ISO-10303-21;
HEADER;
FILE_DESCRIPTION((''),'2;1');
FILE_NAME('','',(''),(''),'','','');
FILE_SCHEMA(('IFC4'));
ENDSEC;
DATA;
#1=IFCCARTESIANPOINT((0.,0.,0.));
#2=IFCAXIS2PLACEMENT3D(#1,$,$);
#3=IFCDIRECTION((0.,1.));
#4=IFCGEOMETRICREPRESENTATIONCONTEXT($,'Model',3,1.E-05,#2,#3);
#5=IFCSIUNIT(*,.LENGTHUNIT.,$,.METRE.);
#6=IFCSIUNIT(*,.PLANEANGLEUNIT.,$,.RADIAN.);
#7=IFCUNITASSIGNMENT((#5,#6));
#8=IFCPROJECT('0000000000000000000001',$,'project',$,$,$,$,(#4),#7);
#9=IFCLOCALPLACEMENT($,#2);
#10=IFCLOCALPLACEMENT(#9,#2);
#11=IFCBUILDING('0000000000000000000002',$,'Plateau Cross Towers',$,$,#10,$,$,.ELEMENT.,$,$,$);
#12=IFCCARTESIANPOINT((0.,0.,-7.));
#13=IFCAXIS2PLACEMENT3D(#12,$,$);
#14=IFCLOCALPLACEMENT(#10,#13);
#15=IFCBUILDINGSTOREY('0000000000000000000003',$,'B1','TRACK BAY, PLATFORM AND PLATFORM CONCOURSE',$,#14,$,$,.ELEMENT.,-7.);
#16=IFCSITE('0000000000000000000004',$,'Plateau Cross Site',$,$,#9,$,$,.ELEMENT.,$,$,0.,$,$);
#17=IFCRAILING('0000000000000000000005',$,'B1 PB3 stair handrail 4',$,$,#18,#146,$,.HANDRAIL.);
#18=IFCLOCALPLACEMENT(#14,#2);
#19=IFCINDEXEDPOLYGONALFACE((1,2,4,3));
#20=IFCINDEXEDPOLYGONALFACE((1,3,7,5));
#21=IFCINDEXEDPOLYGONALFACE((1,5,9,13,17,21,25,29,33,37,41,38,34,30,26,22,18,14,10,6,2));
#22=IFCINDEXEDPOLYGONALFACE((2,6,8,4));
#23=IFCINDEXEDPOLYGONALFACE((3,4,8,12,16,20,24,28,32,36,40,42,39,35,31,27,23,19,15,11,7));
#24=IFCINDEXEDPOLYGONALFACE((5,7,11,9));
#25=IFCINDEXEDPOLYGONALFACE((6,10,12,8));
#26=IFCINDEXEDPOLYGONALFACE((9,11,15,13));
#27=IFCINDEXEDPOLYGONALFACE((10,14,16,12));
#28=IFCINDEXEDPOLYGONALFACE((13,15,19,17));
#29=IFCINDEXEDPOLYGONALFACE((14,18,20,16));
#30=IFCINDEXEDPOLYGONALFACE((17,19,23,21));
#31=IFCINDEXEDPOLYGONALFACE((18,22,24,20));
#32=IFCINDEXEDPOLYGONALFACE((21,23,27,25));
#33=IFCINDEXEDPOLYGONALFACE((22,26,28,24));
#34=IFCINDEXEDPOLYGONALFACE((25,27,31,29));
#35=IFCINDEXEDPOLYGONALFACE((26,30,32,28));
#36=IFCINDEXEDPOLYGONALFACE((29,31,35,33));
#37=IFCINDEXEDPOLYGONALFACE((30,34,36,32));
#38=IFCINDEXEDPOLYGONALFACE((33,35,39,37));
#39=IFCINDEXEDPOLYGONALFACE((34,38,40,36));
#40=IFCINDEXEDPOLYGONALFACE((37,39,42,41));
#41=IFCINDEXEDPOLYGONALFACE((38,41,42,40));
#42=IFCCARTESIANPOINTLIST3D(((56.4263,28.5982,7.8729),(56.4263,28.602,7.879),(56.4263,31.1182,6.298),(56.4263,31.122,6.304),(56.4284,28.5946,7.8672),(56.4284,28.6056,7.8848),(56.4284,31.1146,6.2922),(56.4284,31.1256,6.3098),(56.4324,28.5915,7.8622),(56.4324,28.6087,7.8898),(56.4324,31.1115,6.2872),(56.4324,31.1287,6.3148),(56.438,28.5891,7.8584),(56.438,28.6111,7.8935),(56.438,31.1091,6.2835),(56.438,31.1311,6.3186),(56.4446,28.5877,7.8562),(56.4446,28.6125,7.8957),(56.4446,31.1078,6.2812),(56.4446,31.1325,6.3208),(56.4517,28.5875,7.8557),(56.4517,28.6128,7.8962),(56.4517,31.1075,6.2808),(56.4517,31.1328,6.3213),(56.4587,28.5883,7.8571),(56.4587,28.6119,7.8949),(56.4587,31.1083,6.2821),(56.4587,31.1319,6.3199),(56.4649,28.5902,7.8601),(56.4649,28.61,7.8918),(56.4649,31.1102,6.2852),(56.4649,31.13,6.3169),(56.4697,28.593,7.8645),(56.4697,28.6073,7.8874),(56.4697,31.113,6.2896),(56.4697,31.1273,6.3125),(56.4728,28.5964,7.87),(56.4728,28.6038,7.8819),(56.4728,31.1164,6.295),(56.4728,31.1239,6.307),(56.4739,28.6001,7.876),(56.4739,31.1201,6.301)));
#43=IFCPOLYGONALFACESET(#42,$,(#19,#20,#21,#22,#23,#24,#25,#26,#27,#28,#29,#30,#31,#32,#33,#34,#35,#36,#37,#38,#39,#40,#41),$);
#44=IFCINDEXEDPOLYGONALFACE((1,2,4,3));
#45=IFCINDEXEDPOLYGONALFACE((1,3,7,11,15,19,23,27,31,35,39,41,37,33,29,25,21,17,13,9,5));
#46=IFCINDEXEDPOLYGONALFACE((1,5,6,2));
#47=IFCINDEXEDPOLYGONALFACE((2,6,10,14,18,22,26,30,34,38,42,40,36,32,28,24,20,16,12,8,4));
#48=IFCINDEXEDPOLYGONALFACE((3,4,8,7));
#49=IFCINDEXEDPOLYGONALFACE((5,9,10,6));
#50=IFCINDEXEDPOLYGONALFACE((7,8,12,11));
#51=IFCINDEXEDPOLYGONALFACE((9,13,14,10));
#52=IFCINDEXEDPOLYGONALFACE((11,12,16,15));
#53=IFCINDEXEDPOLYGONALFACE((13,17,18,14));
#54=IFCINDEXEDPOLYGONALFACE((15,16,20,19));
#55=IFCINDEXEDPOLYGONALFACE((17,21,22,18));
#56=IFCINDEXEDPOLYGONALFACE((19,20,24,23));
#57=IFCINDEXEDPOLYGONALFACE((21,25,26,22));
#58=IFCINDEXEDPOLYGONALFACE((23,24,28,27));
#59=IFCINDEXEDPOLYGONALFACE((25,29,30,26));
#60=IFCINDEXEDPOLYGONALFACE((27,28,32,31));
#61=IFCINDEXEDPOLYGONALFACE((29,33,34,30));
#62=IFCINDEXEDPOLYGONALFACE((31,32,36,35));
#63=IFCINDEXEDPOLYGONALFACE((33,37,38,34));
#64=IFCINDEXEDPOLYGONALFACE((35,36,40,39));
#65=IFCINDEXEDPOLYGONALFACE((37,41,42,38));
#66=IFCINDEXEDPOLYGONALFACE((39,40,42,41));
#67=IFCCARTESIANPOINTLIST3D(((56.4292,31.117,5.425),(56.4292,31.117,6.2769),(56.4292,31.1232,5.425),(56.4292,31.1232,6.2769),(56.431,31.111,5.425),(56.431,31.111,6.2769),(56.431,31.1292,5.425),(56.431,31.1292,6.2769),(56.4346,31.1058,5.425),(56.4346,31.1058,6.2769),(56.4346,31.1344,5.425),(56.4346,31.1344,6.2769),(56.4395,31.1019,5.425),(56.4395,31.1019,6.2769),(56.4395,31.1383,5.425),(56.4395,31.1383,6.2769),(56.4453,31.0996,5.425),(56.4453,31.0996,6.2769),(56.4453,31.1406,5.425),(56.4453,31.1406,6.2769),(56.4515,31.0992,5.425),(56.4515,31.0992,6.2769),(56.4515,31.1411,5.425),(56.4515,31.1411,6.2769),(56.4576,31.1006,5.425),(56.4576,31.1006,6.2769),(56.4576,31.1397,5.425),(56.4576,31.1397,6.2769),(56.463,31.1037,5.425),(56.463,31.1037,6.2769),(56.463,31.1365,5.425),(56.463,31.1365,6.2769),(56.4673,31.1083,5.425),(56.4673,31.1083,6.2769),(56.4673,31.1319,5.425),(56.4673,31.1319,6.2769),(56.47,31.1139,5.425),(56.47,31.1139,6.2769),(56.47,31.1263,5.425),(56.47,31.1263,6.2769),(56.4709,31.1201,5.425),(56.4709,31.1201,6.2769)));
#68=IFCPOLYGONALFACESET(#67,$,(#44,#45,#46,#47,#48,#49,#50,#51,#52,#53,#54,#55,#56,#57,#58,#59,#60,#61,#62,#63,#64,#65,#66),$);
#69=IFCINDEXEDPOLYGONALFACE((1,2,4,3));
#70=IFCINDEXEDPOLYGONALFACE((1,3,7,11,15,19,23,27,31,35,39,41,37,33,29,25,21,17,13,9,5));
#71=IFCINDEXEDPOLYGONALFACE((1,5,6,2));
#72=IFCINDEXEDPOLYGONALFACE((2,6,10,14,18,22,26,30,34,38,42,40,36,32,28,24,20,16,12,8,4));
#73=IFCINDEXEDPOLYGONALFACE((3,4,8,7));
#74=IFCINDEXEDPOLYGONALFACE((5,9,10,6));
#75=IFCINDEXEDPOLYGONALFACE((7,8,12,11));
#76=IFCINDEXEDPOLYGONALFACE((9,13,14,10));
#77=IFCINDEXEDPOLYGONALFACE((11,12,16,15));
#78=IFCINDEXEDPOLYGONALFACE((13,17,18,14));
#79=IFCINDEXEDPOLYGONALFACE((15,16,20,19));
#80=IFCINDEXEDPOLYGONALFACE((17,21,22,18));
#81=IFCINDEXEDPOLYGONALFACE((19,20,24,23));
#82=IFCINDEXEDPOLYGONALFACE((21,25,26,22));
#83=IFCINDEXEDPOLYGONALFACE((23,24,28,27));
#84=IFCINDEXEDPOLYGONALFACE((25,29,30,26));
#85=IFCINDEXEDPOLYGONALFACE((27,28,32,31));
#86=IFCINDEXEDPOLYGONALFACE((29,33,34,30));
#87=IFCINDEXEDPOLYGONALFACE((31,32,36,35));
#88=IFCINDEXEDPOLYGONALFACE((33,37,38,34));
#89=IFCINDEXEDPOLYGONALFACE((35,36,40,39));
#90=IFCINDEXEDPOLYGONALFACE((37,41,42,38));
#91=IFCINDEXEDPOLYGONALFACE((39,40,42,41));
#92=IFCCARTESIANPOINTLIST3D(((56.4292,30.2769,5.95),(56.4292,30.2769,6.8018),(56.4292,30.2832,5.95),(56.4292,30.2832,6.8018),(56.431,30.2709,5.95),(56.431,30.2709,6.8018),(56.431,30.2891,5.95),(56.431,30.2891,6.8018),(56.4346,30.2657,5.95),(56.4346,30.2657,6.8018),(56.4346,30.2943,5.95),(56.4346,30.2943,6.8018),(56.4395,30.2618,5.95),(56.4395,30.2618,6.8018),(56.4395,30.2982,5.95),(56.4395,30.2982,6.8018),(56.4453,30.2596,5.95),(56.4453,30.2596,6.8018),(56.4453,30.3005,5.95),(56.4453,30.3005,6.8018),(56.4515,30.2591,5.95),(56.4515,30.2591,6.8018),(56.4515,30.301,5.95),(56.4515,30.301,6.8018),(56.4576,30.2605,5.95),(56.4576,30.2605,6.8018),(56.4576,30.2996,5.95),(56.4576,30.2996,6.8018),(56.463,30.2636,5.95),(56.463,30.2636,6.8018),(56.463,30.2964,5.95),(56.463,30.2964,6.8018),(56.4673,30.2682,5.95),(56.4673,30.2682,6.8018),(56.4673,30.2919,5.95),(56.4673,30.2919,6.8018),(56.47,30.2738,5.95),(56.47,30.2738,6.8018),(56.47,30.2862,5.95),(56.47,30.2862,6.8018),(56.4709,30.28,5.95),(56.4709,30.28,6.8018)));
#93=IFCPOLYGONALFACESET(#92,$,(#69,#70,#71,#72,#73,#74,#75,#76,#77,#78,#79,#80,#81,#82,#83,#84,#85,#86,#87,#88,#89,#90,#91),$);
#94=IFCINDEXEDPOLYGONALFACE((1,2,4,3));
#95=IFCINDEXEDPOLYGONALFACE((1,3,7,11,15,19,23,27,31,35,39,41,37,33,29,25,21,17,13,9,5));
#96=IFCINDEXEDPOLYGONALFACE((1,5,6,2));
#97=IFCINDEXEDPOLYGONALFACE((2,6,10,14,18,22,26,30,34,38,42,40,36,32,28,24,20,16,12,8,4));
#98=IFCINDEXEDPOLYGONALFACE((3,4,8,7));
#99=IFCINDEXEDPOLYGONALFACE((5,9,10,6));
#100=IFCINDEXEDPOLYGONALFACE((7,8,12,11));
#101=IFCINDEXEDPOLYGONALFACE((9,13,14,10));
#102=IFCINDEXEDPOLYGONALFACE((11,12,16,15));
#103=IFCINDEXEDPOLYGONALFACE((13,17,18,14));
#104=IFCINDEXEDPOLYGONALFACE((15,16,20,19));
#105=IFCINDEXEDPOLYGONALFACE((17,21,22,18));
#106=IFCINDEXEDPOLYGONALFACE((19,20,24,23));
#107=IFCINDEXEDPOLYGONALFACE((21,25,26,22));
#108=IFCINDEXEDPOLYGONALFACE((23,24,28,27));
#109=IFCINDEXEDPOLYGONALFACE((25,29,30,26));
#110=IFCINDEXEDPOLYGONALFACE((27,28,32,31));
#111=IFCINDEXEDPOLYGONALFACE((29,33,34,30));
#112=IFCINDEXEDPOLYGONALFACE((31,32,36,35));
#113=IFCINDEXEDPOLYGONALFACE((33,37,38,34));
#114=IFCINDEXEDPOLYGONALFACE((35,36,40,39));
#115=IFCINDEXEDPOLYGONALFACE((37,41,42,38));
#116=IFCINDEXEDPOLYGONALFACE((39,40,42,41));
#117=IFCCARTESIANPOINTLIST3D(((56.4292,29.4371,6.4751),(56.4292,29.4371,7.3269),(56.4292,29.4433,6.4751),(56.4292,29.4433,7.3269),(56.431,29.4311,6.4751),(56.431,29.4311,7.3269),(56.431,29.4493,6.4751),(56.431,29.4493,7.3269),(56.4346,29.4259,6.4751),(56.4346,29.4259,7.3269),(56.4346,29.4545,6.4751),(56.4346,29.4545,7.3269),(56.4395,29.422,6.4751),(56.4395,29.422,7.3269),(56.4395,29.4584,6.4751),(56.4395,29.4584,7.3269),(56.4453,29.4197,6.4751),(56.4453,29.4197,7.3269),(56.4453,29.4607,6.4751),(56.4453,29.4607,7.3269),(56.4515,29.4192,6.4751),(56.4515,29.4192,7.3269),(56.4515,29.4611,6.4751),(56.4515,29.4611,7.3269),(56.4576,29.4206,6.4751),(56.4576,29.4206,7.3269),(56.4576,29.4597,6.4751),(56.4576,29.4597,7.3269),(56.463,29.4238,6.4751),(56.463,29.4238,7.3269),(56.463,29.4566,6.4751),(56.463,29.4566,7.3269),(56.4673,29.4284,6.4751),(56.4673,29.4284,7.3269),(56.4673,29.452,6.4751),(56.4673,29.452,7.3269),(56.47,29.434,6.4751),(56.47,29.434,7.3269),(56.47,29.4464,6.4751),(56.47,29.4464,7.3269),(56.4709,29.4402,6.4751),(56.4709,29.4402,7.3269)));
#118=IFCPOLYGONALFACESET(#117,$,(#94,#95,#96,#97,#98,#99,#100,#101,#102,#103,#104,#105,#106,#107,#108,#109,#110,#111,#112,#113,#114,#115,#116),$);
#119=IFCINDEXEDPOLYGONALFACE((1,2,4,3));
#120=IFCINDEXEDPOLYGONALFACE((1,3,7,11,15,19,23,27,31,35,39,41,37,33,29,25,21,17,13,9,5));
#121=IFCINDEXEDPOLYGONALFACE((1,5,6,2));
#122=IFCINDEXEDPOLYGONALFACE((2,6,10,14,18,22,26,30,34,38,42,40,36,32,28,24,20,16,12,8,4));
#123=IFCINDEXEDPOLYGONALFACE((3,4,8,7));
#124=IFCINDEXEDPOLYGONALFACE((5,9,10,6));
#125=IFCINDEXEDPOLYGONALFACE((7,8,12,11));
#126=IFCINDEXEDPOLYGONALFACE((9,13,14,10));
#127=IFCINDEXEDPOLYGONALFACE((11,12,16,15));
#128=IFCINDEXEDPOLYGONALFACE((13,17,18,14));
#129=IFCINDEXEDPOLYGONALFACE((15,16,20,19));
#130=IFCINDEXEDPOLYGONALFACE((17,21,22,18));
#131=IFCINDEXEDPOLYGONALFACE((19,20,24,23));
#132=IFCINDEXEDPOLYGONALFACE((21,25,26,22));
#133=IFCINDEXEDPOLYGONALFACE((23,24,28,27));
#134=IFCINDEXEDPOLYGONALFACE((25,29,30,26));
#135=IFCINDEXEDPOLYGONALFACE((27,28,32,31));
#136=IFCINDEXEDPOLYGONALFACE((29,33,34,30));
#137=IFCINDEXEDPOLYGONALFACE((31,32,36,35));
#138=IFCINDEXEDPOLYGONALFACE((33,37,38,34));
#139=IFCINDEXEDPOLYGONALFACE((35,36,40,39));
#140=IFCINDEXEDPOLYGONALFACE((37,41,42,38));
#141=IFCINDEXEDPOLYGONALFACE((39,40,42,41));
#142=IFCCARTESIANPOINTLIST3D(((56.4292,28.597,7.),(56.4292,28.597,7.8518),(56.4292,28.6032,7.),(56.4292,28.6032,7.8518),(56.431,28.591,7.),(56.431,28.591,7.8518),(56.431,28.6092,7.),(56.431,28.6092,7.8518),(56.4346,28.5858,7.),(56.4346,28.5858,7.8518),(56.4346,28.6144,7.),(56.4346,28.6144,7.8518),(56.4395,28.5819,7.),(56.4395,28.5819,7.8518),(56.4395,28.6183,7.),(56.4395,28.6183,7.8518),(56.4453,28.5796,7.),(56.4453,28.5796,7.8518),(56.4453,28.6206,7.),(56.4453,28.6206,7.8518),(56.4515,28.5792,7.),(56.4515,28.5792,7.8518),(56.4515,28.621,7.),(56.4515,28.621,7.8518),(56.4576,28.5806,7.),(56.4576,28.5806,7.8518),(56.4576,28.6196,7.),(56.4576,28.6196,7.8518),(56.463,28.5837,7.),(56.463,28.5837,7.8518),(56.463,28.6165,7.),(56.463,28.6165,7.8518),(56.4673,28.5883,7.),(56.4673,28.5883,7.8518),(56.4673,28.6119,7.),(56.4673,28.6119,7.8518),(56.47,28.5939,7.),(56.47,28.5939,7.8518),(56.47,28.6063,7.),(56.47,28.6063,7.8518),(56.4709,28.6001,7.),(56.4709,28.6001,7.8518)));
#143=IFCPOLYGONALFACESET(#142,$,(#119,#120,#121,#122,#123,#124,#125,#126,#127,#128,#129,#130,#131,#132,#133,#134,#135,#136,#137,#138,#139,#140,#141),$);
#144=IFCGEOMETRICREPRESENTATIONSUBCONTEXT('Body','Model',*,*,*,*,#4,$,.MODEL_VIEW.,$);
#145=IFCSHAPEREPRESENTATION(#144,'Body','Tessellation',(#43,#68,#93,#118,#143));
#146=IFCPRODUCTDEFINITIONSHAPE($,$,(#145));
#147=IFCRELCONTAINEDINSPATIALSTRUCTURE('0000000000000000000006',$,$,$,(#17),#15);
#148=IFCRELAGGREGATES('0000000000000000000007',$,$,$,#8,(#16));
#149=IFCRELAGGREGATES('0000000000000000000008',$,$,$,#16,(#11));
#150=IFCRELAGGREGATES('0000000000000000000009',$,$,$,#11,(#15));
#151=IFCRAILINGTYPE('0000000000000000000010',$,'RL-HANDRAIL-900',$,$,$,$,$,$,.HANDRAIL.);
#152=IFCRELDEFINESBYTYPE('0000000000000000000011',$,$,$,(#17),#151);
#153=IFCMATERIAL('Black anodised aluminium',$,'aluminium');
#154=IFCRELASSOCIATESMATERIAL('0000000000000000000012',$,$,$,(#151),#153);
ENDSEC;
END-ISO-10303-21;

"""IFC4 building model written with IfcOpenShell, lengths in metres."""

from ifc_helpers import new_model, si_unit, direction, frame, origin, origin_2d, place, context, subcontext, project, spatial, circle, extrude, material, type_object, element, save


model = new_model("IFC4")

# Units and contexts
model_context = context("Model", 3, precision=1e-05, world=origin(), true_north=direction((0.0, 1.0)))
body_context = subcontext(model_context, "Body", "Model", "MODEL_VIEW")
ifc_project = project(units=[si_unit("LENGTHUNIT", "METRE"), si_unit("PLANEANGLEUNIT", "RADIAN")], contexts=[model_context])

# Site, building, storey
site_placement = place(None, origin())
site = spatial("IfcSite", under=ifc_project, at=site_placement, Name="Plateau Cross Site", CompositionType="ELEMENT", RefElevation=0.0)
building_placement = place(site_placement, origin())
building = spatial("IfcBuilding", under=site, at=building_placement, Name="Plateau Cross Towers", CompositionType="ELEMENT")
storey_placement = place(building_placement, frame((0.0, 0.0, -7.0)))
storey = spatial("IfcBuildingStorey", under=building, at=storey_placement, Name="B1", Description="TRACK BAY, PLATFORM AND PLATFORM CONCOURSE", CompositionType="ELEMENT", Elevation=-7.0)

# Railing
ifc_material_1 = material(Name="Black anodised aluminium", Category="aluminium")
railing_type_1 = type_object("IfcRailingType", Name="RL-HANDRAIL-900", PredefinedType="HANDRAIL", material=ifc_material_1)
railing_1_placement = place(storey_placement, frame((56.45, 31.1201, 5.425)))
element("IfcRailing", 1, at=railing_1_placement, inside=storey, type_object=railing_type_1, Name="B1 PB3 stair handrail 4", PredefinedType="HANDRAIL", context=body_context, shape_type="SweptSolid", body=[
    extrude(circle(Radius=0.0239, at=origin_2d()), frame((0.0, 0.0, 0.876), z_axis=(0.0, -0.848008, 0.529984), x_axis=(1.0, 0.0, 0.0)), (0.0, 0.0, 1.0), 2.9717),
    extrude(circle(Radius=0.021, at=origin_2d()), origin(), (0.0, 0.0, 1.0), 0.8518),
    extrude(circle(Radius=0.021, at=origin_2d()), frame((0.0, -0.8401, 0.5249)), (0.0, 0.0, 1.0), 0.8518),
    extrude(circle(Radius=0.021, at=origin_2d()), frame((0.0, -1.6799, 1.05)), (0.0, 0.0, 1.0), 0.8518),
    extrude(circle(Radius=0.021, at=origin_2d()), frame((0.0, -2.52, 1.575)), (0.0, 0.0, 1.0), 0.8518),
])

save(model, "model.ifc")
